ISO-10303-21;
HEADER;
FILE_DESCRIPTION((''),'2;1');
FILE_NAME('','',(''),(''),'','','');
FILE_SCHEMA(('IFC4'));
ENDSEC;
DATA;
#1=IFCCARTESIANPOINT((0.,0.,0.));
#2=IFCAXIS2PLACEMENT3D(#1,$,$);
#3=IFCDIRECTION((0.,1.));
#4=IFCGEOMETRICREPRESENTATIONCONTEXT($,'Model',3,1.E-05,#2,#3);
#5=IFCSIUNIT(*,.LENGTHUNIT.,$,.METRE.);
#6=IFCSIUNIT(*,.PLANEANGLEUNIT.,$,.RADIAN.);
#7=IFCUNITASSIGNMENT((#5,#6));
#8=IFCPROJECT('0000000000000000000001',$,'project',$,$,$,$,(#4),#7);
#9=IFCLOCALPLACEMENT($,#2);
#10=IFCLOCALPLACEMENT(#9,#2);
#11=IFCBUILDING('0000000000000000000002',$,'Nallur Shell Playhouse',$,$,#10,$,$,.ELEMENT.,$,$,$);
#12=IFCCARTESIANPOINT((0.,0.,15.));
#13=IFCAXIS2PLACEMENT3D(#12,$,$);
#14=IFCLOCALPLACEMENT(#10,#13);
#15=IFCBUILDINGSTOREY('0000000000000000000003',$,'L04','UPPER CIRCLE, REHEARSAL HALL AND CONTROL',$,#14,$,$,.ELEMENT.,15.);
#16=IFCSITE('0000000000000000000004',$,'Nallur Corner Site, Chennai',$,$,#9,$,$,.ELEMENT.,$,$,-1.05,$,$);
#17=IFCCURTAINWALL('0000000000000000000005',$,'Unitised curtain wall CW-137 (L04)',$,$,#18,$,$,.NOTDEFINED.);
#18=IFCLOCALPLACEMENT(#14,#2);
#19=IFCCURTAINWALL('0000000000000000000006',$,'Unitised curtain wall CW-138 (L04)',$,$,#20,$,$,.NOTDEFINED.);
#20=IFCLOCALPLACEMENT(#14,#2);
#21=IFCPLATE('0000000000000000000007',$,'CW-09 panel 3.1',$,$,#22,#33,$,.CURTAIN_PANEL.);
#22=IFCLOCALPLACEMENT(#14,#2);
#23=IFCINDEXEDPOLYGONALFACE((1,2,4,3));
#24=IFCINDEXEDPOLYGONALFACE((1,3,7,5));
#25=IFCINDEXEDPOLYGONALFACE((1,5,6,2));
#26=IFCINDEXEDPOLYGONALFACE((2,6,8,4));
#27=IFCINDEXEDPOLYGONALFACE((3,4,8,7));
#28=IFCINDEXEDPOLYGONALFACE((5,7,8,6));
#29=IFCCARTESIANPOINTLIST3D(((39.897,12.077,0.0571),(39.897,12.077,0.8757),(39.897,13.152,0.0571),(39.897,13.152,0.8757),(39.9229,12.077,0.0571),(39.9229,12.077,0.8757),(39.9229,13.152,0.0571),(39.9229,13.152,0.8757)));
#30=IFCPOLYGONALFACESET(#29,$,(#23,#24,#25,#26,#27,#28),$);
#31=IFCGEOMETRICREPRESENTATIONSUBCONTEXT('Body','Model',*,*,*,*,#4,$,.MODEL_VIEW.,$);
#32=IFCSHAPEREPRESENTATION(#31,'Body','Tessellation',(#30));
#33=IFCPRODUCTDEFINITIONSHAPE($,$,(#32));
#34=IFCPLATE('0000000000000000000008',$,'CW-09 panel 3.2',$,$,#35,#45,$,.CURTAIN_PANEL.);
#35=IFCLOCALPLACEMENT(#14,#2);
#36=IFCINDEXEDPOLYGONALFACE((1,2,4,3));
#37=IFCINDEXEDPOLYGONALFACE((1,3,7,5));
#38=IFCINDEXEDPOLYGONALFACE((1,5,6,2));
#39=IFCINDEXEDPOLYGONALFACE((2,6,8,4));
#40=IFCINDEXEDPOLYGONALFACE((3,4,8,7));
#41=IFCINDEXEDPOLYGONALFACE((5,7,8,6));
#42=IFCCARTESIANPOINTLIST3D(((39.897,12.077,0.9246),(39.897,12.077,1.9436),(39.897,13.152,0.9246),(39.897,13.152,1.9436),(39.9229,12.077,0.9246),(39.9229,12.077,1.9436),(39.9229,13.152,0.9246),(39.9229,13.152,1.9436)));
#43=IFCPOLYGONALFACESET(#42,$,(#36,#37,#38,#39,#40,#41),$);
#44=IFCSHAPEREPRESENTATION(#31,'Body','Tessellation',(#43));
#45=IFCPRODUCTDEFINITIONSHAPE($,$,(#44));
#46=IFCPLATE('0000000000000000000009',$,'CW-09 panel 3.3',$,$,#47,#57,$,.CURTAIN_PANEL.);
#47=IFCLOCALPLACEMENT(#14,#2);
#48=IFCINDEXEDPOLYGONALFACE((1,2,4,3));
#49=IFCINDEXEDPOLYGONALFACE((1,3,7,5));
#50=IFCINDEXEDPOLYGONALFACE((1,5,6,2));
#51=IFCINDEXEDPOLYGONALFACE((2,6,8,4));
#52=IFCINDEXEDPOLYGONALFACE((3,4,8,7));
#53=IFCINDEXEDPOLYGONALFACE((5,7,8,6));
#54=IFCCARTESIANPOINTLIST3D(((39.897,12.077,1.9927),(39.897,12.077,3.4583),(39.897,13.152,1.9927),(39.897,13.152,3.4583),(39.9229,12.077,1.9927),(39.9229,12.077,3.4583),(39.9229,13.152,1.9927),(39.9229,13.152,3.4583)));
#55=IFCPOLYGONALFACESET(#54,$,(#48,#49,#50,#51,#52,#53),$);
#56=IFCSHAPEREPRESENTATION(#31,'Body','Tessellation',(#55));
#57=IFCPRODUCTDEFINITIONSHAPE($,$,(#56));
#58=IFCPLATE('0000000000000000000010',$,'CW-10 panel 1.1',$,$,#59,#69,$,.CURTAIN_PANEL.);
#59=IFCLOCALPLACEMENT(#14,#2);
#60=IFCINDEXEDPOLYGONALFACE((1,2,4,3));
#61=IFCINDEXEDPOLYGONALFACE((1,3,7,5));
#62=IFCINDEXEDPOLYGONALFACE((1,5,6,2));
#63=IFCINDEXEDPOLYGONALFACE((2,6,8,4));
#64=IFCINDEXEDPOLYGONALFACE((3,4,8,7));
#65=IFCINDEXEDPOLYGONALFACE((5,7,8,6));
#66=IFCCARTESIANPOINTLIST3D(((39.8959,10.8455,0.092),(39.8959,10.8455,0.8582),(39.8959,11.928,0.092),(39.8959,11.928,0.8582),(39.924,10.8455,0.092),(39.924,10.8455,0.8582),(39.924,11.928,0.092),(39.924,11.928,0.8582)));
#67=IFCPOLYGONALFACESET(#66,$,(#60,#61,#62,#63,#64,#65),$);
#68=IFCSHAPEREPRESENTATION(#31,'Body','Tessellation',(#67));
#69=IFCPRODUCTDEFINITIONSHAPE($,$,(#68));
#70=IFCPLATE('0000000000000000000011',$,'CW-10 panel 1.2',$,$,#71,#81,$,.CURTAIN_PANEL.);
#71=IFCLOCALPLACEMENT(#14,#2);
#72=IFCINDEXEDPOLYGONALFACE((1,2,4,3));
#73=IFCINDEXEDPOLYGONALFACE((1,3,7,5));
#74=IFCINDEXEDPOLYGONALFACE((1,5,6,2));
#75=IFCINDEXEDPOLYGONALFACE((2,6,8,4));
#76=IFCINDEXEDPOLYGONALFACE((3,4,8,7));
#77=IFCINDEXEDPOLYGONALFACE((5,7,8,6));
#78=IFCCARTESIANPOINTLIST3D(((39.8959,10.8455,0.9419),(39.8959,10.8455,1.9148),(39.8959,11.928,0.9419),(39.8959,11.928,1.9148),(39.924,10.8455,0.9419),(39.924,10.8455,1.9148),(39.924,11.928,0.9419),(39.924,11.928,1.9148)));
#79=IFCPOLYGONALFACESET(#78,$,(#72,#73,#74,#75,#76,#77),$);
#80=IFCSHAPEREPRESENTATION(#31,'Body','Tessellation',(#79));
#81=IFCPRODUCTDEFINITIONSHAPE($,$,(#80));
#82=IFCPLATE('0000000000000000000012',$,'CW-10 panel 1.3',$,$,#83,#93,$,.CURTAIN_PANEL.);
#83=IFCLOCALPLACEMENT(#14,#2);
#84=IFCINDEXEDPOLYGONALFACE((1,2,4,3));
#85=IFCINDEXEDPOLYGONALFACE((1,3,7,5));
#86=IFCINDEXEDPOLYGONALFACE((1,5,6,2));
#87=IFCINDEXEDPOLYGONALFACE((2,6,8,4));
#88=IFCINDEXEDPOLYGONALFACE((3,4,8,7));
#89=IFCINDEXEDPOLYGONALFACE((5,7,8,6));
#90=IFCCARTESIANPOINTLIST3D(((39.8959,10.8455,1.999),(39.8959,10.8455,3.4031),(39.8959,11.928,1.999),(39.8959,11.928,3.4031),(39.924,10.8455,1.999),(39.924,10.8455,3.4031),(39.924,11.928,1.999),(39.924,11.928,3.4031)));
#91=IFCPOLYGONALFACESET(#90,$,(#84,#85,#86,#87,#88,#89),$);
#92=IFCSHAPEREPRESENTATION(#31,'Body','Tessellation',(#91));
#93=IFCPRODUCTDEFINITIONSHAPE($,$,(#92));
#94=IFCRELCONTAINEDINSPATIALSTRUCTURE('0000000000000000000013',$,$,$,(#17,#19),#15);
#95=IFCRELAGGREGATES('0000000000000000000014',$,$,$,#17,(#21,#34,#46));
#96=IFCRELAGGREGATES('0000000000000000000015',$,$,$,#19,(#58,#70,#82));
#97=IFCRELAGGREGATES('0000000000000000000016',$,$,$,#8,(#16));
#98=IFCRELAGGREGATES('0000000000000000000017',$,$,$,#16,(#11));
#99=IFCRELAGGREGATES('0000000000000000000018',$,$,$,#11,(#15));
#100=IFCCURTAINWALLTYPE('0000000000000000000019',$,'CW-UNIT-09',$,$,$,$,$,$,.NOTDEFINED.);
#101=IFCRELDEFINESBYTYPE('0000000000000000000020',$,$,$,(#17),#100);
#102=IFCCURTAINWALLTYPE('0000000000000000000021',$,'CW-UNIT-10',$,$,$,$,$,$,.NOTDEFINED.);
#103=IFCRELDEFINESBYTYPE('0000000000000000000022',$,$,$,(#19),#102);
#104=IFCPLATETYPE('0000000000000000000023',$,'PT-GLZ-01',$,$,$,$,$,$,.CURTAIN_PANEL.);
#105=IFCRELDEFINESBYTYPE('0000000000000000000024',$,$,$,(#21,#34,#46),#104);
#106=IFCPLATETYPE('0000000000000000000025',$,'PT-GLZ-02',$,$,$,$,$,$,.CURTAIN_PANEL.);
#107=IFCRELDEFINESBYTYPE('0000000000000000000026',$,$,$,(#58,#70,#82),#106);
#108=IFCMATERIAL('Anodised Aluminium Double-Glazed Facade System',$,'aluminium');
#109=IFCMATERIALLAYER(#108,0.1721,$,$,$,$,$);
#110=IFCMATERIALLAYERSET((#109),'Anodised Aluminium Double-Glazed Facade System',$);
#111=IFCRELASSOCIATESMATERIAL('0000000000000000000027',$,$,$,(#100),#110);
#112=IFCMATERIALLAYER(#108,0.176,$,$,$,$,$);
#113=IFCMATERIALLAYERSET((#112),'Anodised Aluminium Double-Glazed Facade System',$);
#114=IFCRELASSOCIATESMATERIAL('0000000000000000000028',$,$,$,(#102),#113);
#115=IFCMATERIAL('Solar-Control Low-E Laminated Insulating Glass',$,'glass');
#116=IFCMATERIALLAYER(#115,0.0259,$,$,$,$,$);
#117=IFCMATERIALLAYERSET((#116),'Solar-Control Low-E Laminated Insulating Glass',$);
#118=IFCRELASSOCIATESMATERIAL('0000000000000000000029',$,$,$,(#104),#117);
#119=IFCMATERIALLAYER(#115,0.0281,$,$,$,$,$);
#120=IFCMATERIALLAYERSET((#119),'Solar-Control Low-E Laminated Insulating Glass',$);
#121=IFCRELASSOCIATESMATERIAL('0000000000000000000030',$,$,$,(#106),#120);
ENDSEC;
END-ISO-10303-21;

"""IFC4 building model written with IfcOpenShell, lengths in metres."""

from ifc_helpers import new_model, si_unit, direction, frame, origin, origin_2d, place, context, subcontext, project, spatial, rectangle, extrude, material, layer, layer_set, type_object, element, aggregate, save


model = new_model("IFC4")

# Units and contexts
model_context = context("Model", 3, precision=1e-05, world=origin(), true_north=direction((0.0, 1.0)))
body_context = subcontext(model_context, "Body", "Model", "MODEL_VIEW")
ifc_project = project(units=[si_unit("LENGTHUNIT", "METRE"), si_unit("PLANEANGLEUNIT", "RADIAN")], contexts=[model_context])

# Site, building, storey
site_placement = place(None, origin())
site = spatial("IfcSite", under=ifc_project, at=site_placement, Name="Nallur Corner Site, Chennai", CompositionType="ELEMENT", RefElevation=-1.05)
building_placement = place(site_placement, origin())
building = spatial("IfcBuilding", under=site, at=building_placement, Name="Nallur Shell Playhouse", CompositionType="ELEMENT")
storey_placement = place(building_placement, frame((0.0, 0.0, 15.0)))
storey = spatial("IfcBuildingStorey", under=building, at=storey_placement, Name="L04", Description="UPPER CIRCLE, REHEARSAL HALL AND CONTROL", CompositionType="ELEMENT", Elevation=15.0)

# Curtain wall
ifc_material_1 = material(Name="Anodised Aluminium Double-Glazed Facade System", Category="aluminium")
ifc_layer_1 = layer(ifc_material_1, 0.1721)
ifc_layer_set_1 = layer_set([ifc_layer_1], Name="Anodised Aluminium Double-Glazed Facade System")
curtain_wall_type_1 = type_object("IfcCurtainWallType", Name="CW-UNIT-09", PredefinedType="NOTDEFINED", material=ifc_layer_set_1)
curtain_wall_1_placement = place(storey_placement, origin())
curtain_wall_1 = element("IfcCurtainWall", 1, at=curtain_wall_1_placement, inside=storey, type_object=curtain_wall_type_1, Name="Unitised curtain wall CW-137 (L04)", PredefinedType="NOTDEFINED")

# Curtain wall
ifc_layer_2 = layer(ifc_material_1, 0.176)
ifc_layer_set_2 = layer_set([ifc_layer_2], Name="Anodised Aluminium Double-Glazed Facade System")
curtain_wall_type_2 = type_object("IfcCurtainWallType", Name="CW-UNIT-10", PredefinedType="NOTDEFINED", material=ifc_layer_set_2)
curtain_wall_2_placement = place(storey_placement, origin())
curtain_wall_2 = element("IfcCurtainWall", 2, at=curtain_wall_2_placement, inside=storey, type_object=curtain_wall_type_2, Name="Unitised curtain wall CW-138 (L04)", PredefinedType="NOTDEFINED")

# Plates
ifc_material_2 = material(Name="Solar-Control Low-E Laminated Insulating Glass", Category="glass")
ifc_layer_3 = layer(ifc_material_2, 0.0259)
ifc_layer_set_3 = layer_set([ifc_layer_3], Name="Solar-Control Low-E Laminated Insulating Glass")
plate_type_1 = type_object("IfcPlateType", Name="PT-GLZ-01", PredefinedType="CURTAIN_PANEL", material=ifc_layer_set_3)
plate_1_placement = place(storey_placement, frame((39.9099, 12.6145, 0.0571), z_axis=(0.0, 0.0, 1.0), x_axis=(0.0, -1.0, 0.0)))
plate_1 = element("IfcPlate", 3, at=plate_1_placement, type_object=plate_type_1, Name="CW-09 panel 3.1", PredefinedType="CURTAIN_PANEL", context=body_context, shape_type="SweptSolid", body=[
    extrude(rectangle(XDim=1.075, YDim=0.0259, at=origin_2d()), origin(), (0.0, 0.0, 1.0), 0.8186),
])
plate_2_placement = place(storey_placement, frame((39.9099, 12.6145, 0.9246), z_axis=(0.0, 0.0, 1.0), x_axis=(0.0, -1.0, 0.0)))
plate_2 = element("IfcPlate", 4, at=plate_2_placement, type_object=plate_type_1, Name="CW-09 panel 3.2", PredefinedType="CURTAIN_PANEL", context=body_context, shape_type="SweptSolid", body=[
    extrude(rectangle(XDim=1.075, YDim=0.0259, at=origin_2d()), origin(), (0.0, 0.0, 1.0), 1.019),
])
plate_3_placement = place(storey_placement, frame((39.9099, 12.6145, 1.9927), z_axis=(0.0, 0.0, 1.0), x_axis=(0.0, -1.0, 0.0)))
plate_3 = element("IfcPlate", 5, at=plate_3_placement, type_object=plate_type_1, Name="CW-09 panel 3.3", PredefinedType="CURTAIN_PANEL", context=body_context, shape_type="SweptSolid", body=[
    extrude(rectangle(XDim=1.075, YDim=0.0259, at=origin_2d()), origin(), (0.0, 0.0, 1.0), 1.4656),
])
aggregate(curtain_wall_1, [plate_1, plate_2, plate_3])
ifc_layer_4 = layer(ifc_material_2, 0.0281)
ifc_layer_set_4 = layer_set([ifc_layer_4], Name="Solar-Control Low-E Laminated Insulating Glass")
plate_type_2 = type_object("IfcPlateType", Name="PT-GLZ-02", PredefinedType="CURTAIN_PANEL", material=ifc_layer_set_4)
plate_4_placement = place(storey_placement, frame((39.9099, 11.3867, 0.092), z_axis=(0.0, 0.0, 1.0), x_axis=(0.0, -1.0, 0.0)))
plate_4 = element("IfcPlate", 6, at=plate_4_placement, type_object=plate_type_2, Name="CW-10 panel 1.1", PredefinedType="CURTAIN_PANEL", context=body_context, shape_type="SweptSolid", body=[
    extrude(rectangle(XDim=1.0825, YDim=0.0281, at=origin_2d()), origin(), (0.0, 0.0, 1.0), 0.7661),
])
plate_5_placement = place(storey_placement, frame((39.9099, 11.3867, 0.9419), z_axis=(0.0, 0.0, 1.0), x_axis=(0.0, -1.0, 0.0)))
plate_5 = element("IfcPlate", 7, at=plate_5_placement, type_object=plate_type_2, Name="CW-10 panel 1.2", PredefinedType="CURTAIN_PANEL", context=body_context, shape_type="SweptSolid", body=[
    extrude(rectangle(XDim=1.0825, YDim=0.0281, at=origin_2d()), origin(), (0.0, 0.0, 1.0), 0.9729),
])
plate_6_placement = place(storey_placement, frame((39.9099, 11.3867, 1.999), z_axis=(0.0, 0.0, 1.0), x_axis=(0.0, -1.0, 0.0)))
plate_6 = element("IfcPlate", 8, at=plate_6_placement, type_object=plate_type_2, Name="CW-10 panel 1.3", PredefinedType="CURTAIN_PANEL", context=body_context, shape_type="SweptSolid", body=[
    extrude(rectangle(XDim=1.0825, YDim=0.0281, at=origin_2d()), origin(), (0.0, 0.0, 1.0), 1.4041),
])
aggregate(curtain_wall_2, [plate_4, plate_5, plate_6])

save(model, "model.ifc")
